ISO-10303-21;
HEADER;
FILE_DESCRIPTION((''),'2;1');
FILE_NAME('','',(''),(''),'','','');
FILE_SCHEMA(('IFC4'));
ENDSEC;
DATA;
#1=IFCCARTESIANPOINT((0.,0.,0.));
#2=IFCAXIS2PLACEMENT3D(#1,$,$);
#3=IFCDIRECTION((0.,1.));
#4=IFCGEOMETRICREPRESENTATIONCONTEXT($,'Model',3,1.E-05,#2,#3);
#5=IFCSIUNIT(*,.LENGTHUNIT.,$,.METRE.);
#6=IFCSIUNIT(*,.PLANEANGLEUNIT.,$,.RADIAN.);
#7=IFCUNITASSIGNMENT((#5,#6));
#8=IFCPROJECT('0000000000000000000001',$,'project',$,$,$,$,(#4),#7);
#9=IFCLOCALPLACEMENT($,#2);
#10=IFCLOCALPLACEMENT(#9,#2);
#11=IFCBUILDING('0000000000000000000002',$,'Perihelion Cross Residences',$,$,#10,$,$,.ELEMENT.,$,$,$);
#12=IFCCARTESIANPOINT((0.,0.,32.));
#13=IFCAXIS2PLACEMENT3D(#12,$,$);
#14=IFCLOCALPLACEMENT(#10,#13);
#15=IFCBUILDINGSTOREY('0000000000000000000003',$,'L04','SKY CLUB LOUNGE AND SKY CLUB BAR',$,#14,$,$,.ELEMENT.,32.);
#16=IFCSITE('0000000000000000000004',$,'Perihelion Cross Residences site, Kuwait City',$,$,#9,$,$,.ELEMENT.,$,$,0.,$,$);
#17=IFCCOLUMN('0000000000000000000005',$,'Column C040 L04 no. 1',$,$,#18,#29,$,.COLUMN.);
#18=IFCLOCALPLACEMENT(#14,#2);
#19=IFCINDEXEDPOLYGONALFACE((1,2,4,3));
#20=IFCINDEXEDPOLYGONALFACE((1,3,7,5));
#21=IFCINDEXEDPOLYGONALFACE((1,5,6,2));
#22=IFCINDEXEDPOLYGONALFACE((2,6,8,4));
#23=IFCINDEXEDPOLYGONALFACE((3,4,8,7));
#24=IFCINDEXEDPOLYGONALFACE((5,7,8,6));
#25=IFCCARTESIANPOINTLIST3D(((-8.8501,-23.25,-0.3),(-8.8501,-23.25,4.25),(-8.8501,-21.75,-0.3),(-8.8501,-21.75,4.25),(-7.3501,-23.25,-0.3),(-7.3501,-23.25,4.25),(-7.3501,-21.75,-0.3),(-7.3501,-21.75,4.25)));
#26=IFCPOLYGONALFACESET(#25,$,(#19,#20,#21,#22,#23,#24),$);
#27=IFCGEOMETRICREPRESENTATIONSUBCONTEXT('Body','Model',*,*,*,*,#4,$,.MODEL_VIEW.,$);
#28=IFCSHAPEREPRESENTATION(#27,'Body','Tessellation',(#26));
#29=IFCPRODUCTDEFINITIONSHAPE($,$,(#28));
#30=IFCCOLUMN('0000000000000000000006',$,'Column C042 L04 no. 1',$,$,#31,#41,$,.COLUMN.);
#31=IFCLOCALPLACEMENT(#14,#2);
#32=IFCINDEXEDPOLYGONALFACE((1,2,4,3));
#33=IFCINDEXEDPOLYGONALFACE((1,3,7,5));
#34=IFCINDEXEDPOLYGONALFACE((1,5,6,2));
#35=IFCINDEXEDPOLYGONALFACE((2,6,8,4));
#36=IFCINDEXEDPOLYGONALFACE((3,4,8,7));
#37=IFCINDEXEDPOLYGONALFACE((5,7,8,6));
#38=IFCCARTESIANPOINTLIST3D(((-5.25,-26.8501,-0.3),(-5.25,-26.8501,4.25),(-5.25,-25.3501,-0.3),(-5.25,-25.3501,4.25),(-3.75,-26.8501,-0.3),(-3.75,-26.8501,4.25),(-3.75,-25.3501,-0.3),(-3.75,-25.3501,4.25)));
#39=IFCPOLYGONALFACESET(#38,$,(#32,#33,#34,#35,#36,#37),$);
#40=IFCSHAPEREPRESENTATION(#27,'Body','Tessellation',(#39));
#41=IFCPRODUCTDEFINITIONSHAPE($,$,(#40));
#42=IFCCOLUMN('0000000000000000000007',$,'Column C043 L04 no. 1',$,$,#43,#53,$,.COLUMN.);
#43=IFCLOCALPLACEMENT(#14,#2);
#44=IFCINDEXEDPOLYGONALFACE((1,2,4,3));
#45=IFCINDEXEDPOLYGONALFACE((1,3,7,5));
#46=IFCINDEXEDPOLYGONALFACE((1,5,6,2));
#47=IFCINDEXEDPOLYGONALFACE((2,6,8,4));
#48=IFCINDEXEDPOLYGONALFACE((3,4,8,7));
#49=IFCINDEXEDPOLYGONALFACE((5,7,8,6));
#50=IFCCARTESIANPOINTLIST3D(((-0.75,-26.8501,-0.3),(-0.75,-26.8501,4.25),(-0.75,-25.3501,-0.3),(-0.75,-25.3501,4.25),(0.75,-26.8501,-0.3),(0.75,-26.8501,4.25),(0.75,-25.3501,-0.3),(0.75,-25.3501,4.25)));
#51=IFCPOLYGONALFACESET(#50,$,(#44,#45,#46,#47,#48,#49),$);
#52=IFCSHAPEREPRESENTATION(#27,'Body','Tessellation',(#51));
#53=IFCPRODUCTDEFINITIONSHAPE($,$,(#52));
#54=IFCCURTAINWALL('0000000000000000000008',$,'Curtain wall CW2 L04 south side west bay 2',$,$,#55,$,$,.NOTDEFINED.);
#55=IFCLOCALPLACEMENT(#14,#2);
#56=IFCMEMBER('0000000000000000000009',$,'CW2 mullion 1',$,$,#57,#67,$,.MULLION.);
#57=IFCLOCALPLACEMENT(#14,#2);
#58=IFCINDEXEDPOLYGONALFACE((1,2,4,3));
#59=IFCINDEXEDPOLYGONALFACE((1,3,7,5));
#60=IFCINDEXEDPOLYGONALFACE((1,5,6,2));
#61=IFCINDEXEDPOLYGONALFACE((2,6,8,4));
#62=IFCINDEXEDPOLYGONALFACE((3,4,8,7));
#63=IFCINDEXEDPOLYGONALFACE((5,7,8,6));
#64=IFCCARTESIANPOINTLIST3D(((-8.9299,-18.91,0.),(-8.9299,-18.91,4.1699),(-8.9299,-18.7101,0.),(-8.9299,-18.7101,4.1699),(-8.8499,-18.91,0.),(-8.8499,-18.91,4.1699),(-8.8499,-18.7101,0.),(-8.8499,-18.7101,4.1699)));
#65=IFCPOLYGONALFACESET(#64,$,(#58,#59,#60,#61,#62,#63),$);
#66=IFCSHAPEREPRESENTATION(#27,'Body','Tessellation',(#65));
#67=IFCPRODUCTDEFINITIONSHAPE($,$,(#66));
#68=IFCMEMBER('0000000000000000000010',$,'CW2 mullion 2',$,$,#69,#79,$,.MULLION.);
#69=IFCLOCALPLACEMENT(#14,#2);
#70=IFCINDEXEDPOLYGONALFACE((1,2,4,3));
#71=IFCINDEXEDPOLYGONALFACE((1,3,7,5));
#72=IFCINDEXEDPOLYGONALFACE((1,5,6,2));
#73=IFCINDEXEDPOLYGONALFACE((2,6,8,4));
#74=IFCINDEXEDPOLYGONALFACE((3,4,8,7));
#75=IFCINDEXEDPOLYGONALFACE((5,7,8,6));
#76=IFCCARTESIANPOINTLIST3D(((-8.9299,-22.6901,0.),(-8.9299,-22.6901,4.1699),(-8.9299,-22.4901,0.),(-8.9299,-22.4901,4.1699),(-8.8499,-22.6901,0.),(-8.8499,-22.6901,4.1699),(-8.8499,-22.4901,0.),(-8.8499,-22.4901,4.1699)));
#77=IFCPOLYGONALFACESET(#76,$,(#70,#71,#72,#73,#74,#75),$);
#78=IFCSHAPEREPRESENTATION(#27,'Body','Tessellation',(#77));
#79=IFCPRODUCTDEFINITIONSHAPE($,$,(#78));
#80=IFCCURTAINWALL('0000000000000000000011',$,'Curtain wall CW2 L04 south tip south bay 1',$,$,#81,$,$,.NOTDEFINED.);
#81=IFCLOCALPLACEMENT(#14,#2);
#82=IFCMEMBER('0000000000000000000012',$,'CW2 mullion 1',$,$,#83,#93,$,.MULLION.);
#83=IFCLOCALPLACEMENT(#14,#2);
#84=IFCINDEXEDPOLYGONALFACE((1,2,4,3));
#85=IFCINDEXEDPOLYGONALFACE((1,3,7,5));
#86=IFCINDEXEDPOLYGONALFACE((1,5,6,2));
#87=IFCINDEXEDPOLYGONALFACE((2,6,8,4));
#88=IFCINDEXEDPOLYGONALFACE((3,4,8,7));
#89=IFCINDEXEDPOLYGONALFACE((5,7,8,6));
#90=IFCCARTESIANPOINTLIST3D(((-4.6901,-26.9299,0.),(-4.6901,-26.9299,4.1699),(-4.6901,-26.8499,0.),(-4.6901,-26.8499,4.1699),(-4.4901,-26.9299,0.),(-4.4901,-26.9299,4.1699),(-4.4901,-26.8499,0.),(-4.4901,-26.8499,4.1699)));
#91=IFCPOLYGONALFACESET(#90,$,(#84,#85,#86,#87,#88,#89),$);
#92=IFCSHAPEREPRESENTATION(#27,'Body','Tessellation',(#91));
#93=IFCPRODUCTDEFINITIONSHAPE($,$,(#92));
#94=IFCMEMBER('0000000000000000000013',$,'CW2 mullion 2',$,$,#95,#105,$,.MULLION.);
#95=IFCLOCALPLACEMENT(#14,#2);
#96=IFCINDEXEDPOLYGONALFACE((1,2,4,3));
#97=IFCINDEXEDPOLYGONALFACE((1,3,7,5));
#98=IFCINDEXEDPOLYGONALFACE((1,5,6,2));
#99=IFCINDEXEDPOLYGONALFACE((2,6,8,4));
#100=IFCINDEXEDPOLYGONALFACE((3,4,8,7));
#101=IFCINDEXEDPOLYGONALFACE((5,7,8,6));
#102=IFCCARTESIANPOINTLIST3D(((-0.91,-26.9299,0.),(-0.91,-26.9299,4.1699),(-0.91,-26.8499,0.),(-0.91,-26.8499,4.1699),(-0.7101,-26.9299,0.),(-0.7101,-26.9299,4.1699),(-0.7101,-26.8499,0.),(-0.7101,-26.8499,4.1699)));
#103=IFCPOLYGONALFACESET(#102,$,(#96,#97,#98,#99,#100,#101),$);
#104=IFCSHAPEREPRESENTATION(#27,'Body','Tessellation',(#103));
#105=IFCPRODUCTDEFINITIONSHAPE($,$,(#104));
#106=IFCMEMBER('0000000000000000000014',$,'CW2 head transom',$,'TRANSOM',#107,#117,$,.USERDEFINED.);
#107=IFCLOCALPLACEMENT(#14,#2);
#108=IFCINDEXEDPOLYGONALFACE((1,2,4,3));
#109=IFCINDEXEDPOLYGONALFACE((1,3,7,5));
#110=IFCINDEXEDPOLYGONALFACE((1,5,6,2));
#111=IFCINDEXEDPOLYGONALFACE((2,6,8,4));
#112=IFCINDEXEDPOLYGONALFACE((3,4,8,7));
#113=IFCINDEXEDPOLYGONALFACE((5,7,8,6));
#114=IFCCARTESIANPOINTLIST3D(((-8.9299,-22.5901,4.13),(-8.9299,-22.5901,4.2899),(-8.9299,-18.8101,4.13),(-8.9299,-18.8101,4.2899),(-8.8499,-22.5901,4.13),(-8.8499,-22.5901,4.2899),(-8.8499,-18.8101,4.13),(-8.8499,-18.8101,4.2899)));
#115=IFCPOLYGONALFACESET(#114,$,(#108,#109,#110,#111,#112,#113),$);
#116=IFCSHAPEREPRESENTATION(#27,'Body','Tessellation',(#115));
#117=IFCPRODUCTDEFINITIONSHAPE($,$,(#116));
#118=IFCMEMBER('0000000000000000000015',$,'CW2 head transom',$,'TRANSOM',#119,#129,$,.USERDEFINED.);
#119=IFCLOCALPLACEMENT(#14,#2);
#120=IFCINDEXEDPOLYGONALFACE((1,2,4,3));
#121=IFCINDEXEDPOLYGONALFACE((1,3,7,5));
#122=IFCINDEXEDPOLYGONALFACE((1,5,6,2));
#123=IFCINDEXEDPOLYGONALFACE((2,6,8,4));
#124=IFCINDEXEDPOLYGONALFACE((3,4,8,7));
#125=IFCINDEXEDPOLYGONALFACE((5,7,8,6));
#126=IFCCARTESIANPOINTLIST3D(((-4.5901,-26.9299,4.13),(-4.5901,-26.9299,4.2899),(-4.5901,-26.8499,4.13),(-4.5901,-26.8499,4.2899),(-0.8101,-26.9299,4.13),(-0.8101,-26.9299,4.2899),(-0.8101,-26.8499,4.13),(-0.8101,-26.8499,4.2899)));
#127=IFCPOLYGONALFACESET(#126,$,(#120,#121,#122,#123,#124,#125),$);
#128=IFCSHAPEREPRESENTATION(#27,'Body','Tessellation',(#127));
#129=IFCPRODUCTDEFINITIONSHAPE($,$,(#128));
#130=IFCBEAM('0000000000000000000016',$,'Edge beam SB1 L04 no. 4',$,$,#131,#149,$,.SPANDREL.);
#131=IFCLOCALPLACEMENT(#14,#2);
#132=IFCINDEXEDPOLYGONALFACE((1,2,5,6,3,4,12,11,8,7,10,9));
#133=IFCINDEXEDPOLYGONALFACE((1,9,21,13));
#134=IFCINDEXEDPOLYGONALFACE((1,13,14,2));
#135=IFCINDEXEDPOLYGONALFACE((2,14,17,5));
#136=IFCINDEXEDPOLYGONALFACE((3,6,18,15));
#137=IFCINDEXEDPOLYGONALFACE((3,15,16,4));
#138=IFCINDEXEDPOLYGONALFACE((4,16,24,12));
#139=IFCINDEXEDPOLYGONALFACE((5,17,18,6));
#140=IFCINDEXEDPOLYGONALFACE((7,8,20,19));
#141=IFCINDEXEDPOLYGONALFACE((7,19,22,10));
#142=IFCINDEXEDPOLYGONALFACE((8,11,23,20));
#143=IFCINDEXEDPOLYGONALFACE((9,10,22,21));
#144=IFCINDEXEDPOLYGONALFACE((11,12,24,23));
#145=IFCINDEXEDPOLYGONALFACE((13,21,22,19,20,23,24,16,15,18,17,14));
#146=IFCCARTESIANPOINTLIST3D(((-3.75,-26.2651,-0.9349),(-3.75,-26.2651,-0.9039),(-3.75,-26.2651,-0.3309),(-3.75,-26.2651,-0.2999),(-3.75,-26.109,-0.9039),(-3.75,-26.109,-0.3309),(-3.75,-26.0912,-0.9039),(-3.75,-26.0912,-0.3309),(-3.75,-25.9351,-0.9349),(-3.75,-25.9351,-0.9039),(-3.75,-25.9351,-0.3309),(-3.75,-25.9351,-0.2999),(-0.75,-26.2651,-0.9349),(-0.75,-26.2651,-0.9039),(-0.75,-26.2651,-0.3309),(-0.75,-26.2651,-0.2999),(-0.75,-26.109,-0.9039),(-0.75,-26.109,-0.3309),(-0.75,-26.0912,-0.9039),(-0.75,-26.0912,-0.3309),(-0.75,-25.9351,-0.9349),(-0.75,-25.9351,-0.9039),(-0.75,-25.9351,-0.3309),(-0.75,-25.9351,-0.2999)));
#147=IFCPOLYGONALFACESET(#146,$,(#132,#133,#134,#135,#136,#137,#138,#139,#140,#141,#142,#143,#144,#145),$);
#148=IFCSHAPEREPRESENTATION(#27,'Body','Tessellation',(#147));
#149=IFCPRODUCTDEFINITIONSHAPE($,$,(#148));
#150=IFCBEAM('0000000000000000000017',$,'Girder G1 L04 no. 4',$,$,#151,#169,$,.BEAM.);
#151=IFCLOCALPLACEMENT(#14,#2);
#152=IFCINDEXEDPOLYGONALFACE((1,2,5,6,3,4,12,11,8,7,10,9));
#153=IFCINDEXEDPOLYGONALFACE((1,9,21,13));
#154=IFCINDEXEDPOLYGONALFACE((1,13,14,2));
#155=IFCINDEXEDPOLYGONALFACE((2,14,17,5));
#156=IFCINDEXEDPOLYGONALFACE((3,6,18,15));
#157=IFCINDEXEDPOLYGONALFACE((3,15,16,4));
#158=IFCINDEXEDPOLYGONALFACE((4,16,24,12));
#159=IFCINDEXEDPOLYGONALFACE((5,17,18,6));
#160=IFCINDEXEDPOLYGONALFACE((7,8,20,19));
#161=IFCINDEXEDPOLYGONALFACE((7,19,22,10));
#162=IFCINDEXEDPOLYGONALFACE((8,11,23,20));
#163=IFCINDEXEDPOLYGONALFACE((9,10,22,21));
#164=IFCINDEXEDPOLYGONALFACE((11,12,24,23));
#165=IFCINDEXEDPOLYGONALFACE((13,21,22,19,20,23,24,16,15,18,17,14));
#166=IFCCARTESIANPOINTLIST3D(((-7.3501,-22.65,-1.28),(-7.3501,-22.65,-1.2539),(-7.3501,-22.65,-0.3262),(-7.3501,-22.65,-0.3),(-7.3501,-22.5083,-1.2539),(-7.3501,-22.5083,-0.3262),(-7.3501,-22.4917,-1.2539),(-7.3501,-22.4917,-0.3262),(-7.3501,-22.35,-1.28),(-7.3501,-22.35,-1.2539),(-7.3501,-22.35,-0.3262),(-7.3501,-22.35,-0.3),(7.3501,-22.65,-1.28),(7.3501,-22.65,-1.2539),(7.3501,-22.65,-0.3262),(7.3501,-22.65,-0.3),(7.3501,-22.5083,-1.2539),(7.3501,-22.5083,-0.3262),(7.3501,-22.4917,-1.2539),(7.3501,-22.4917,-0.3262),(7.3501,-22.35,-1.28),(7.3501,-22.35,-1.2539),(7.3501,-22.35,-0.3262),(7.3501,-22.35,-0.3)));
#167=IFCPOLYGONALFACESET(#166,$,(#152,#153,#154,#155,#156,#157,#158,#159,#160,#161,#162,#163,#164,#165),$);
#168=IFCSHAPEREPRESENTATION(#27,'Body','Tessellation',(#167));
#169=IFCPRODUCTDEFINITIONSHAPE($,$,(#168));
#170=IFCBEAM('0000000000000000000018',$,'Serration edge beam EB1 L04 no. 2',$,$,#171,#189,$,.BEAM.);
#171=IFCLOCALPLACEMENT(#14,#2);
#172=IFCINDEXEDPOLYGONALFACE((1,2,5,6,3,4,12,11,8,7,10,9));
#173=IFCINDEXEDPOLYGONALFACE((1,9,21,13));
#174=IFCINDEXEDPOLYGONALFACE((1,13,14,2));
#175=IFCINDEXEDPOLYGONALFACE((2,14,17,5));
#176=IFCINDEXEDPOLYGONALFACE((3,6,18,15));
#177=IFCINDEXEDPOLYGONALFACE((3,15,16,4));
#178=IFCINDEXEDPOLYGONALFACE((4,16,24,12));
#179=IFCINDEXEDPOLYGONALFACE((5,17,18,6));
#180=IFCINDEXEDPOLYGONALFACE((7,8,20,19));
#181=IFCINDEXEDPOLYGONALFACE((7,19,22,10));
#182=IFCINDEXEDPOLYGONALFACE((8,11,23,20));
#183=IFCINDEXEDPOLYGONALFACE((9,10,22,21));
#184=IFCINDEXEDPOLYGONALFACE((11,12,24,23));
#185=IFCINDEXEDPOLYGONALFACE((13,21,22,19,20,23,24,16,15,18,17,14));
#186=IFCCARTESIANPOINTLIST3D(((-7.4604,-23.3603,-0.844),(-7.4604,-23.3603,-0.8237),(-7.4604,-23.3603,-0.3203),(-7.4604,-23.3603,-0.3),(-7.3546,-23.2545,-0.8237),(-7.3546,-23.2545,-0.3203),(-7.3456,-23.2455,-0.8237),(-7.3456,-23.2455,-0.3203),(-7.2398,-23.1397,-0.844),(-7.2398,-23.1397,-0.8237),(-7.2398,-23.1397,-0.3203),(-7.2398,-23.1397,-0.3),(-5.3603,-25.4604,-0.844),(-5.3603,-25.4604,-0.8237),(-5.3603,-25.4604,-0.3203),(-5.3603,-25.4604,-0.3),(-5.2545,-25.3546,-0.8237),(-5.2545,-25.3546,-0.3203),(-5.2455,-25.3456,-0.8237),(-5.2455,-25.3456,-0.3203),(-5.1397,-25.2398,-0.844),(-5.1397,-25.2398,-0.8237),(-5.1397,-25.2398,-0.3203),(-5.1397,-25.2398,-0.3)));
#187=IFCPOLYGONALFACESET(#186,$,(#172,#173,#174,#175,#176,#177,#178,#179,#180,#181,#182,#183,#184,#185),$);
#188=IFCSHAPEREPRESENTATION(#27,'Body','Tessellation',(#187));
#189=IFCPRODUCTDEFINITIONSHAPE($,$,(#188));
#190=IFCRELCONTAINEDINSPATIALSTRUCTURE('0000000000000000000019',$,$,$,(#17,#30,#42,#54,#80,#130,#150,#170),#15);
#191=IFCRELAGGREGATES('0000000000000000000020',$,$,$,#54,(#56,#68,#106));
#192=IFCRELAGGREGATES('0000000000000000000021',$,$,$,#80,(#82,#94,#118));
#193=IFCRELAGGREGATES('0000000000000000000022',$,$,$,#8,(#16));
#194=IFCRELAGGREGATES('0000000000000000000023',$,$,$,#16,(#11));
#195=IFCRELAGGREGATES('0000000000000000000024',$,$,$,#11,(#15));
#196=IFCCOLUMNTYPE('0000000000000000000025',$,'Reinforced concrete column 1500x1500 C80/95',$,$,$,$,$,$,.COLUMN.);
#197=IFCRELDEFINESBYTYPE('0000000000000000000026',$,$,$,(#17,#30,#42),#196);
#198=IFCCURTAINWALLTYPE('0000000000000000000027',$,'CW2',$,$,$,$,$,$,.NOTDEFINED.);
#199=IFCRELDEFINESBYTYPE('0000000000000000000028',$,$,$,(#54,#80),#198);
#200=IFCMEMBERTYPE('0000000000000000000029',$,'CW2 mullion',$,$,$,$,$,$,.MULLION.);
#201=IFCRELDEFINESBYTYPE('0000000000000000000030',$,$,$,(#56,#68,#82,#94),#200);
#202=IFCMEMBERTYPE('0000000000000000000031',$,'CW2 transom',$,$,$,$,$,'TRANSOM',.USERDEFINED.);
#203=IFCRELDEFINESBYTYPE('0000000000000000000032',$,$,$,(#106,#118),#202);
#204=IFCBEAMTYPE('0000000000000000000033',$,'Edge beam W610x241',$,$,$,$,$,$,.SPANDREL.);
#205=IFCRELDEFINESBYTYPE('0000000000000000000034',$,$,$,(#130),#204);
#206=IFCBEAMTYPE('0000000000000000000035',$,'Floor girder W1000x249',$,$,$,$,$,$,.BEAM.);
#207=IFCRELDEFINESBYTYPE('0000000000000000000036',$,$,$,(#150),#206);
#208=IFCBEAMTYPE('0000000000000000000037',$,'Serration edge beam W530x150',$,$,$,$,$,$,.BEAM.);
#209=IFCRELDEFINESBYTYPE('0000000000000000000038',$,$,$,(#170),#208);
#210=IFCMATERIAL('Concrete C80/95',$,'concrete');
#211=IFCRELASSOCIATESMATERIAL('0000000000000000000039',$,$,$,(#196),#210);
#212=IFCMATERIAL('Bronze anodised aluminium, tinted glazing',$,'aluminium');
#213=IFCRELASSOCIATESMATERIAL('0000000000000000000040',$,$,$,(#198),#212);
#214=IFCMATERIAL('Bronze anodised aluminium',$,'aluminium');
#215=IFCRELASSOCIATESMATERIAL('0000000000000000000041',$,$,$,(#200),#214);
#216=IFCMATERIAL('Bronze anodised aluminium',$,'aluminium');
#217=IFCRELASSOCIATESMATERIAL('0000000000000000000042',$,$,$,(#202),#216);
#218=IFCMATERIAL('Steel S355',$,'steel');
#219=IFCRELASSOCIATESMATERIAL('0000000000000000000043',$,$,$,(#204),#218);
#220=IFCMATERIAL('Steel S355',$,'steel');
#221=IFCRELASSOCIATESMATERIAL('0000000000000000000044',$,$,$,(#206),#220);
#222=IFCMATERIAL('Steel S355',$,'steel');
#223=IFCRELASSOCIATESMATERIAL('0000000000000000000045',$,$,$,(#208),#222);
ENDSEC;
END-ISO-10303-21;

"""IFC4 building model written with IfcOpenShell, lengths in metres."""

from ifc_helpers import new_model, si_unit, direction, frame, origin, origin_2d, place, context, subcontext, project, spatial, rectangle, i_section, extrude, material, material_profile, profile_set, type_object, element, aggregate, save


model = new_model("IFC4")

# Units and contexts
model_context = context("Model", 3, precision=1e-05, world=origin(), true_north=direction((0.0, 1.0)))
body_context = subcontext(model_context, "Body", "Model", "MODEL_VIEW")
ifc_project = project(units=[si_unit("LENGTHUNIT", "METRE"), si_unit("PLANEANGLEUNIT", "RADIAN")], contexts=[model_context])

# Site, building, storey
site_placement = place(None, origin())
site = spatial("IfcSite", under=ifc_project, at=site_placement, Name="Perihelion Cross Residences site, Kuwait City", CompositionType="ELEMENT", RefElevation=0.0)
building_placement = place(site_placement, origin())
building = spatial("IfcBuilding", under=site, at=building_placement, Name="Perihelion Cross Residences", CompositionType="ELEMENT")
storey_placement = place(building_placement, frame((0.0, 0.0, 32.0)))
storey = spatial("IfcBuildingStorey", under=building, at=storey_placement, Name="L04", Description="SKY CLUB LOUNGE AND SKY CLUB BAR", CompositionType="ELEMENT", Elevation=32.0)

# Columns
ifc_material_1 = material(Name="Concrete C80/95", Category="concrete")
ifc_material_profile_1 = material_profile(ifc_material_1, rectangle(XDim=1.5, YDim=1.5, at=origin_2d()), Name="RC 1500x1500")
ifc_profile_set_1 = profile_set([ifc_material_profile_1], Name="Concrete C80/95")
column_type = type_object("IfcColumnType", Name="Reinforced concrete column 1500x1500 C80/95", PredefinedType="COLUMN", material=ifc_profile_set_1)
for number, where, z_axis, x_axis, name in (
    (1, (-8.1001, -22.5, -0.3), (0.0, 0.0, 1.0), (1.0, 0.0, 0.0), "Column C040 L04 no. 1"),
    (2, (-4.5, -26.1001, -0.3), (0.0, 0.0, 1.0), (1.0, 0.0, 0.0), "Column C042 L04 no. 1"),
    (3, (0.0, -26.1001, -0.3), (0.0, 0.0, 1.0), (1.0, 0.0, 0.0), "Column C043 L04 no. 1"),
):
    element("IfcColumn", number, at=place(storey_placement, frame(where, z_axis=z_axis, x_axis=x_axis)), inside=storey, type_object=column_type, Name=name, PredefinedType="COLUMN", context=body_context, shape_type="SweptSolid", body=[
        extrude(rectangle(XDim=1.5, YDim=1.5, at=origin_2d()), origin(), (0.0, 0.0, 1.0), 4.55),
    ])

# Curtain walls, members
ifc_material_2 = material(Name="Bronze anodised aluminium, tinted glazing", Category="aluminium")
curtain_wall_type = type_object("IfcCurtainWallType", Name="CW2", PredefinedType="NOTDEFINED", material=ifc_material_2)
curtain_wall_1_placement = place(storey_placement, origin())
curtain_wall_1 = element("IfcCurtainWall", 4, at=curtain_wall_1_placement, inside=storey, type_object=curtain_wall_type, Name="Curtain wall CW2 L04 south side west bay 2", PredefinedType="NOTDEFINED")
ifc_material_3 = material(Name="Bronze anodised aluminium", Category="aluminium")
ifc_material_profile_2 = material_profile(ifc_material_3, rectangle(XDim=0.0801, YDim=0.2, at=origin_2d()), Name="CW2 mullion")
ifc_profile_set_2 = profile_set([ifc_material_profile_2], Name="Bronze anodised aluminium")
member_type_1 = type_object("IfcMemberType", Name="CW2 mullion", PredefinedType="MULLION", material=ifc_profile_set_2)
member_1_placement = place(storey_placement, frame((-8.8899, -18.8101, 0.0), z_axis=(0.0, 0.0, 1.0), x_axis=(1.0, 0.0, 0.0)))
member_1 = element("IfcMember", 5, at=member_1_placement, type_object=member_type_1, Name="CW2 mullion 1", PredefinedType="MULLION", context=body_context, shape_type="SweptSolid", body=[
    extrude(rectangle(XDim=0.0801, YDim=0.2, at=origin_2d()), origin(), (0.0, 0.0, 1.0), 4.1699),
])
member_2_placement = place(storey_placement, frame((-8.8899, -22.5901, 0.0), z_axis=(0.0, 0.0, 1.0), x_axis=(1.0, 0.0, 0.0)))
member_2 = element("IfcMember", 6, at=member_2_placement, type_object=member_type_1, Name="CW2 mullion 2", PredefinedType="MULLION", context=body_context, shape_type="SweptSolid", body=[
    extrude(rectangle(XDim=0.0801, YDim=0.2, at=origin_2d()), origin(), (0.0, 0.0, 1.0), 4.1699),
])
curtain_wall_2_placement = place(storey_placement, origin())
curtain_wall_2 = element("IfcCurtainWall", 7, at=curtain_wall_2_placement, inside=storey, type_object=curtain_wall_type, Name="Curtain wall CW2 L04 south tip south bay 1", PredefinedType="NOTDEFINED")
member_3_placement = place(storey_placement, frame((-4.5901, -26.8899, 0.0), z_axis=(0.0, 0.0, 1.0), x_axis=(0.0, 1.0, 0.0)))
member_3 = element("IfcMember", 8, at=member_3_placement, type_object=member_type_1, Name="CW2 mullion 1", PredefinedType="MULLION", context=body_context, shape_type="SweptSolid", body=[
    extrude(rectangle(XDim=0.0801, YDim=0.2, at=origin_2d()), origin(), (0.0, 0.0, 1.0), 4.1699),
])
member_4_placement = place(storey_placement, frame((-0.8101, -26.8899, 0.0), z_axis=(0.0, 0.0, 1.0), x_axis=(0.0, 1.0, 0.0)))
member_4 = element("IfcMember", 9, at=member_4_placement, type_object=member_type_1, Name="CW2 mullion 2", PredefinedType="MULLION", context=body_context, shape_type="SweptSolid", body=[
    extrude(rectangle(XDim=0.0801, YDim=0.2, at=origin_2d()), origin(), (0.0, 0.0, 1.0), 4.1699),
])

# Members
ifc_material_4 = material(Name="Bronze anodised aluminium", Category="aluminium")
ifc_material_profile_3 = material_profile(ifc_material_4, rectangle(XDim=0.0801, YDim=0.1599, at=origin_2d()), Name="CW2 transom")
ifc_profile_set_3 = profile_set([ifc_material_profile_3], Name="Bronze anodised aluminium")
member_type_2 = type_object("IfcMemberType", Name="CW2 transom", ElementType="TRANSOM", PredefinedType="USERDEFINED", material=ifc_profile_set_3)
member_5_placement = place(storey_placement, frame((-8.8899, -18.8101, 4.21), z_axis=(0.0, -1.0, 0.0), x_axis=(1.0, 0.0, 0.0)))
member_5 = element("IfcMember", 10, at=member_5_placement, type_object=member_type_2, Name="CW2 head transom", ObjectType="TRANSOM", PredefinedType="USERDEFINED", context=body_context, shape_type="SweptSolid", body=[
    extrude(rectangle(XDim=0.0801, YDim=0.1599, at=origin_2d()), origin(), (0.0, 0.0, 1.0), 3.78),
])
member_6_placement = place(storey_placement, frame((-4.5901, -26.8899, 4.21), z_axis=(1.0, 0.0, 0.0), x_axis=(0.0, 1.0, 0.0)))
member_6 = element("IfcMember", 11, at=member_6_placement, type_object=member_type_2, Name="CW2 head transom", ObjectType="TRANSOM", PredefinedType="USERDEFINED", context=body_context, shape_type="SweptSolid", body=[
    extrude(rectangle(XDim=0.0801, YDim=0.1599, at=origin_2d()), origin(), (0.0, 0.0, 1.0), 3.78),
])

# Beams
ifc_material_5 = material(Name="Steel S355", Category="steel")
ifc_material_profile_4 = material_profile(ifc_material_5, i_section(OverallWidth=0.3301, OverallDepth=0.635, WebThickness=0.0178, FlangeThickness=0.031, at=origin_2d()), Name="W610x241")
ifc_profile_set_4 = profile_set([ifc_material_profile_4], Name="Steel S355")
beam_type_1 = type_object("IfcBeamType", Name="Edge beam W610x241", PredefinedType="SPANDREL", material=ifc_profile_set_4)
beam_1_placement = place(storey_placement, frame((-3.75, -26.1001, -0.6174), z_axis=(1.0, 0.0, 0.0), x_axis=(0.0, 1.0, 0.0)))
element("IfcBeam", 12, at=beam_1_placement, inside=storey, type_object=beam_type_1, Name="Edge beam SB1 L04 no. 4", PredefinedType="SPANDREL", context=body_context, shape_type="SweptSolid", body=[
    extrude(i_section(OverallWidth=0.3301, OverallDepth=0.635, WebThickness=0.0178, FlangeThickness=0.031, at=origin_2d()), origin(), (0.0, 0.0, 1.0), 3.0),
])
ifc_material_6 = material(Name="Steel S355", Category="steel")
ifc_material_profile_5 = material_profile(ifc_material_6, i_section(OverallWidth=0.3, OverallDepth=0.98, WebThickness=0.0166, FlangeThickness=0.0261, at=origin_2d()), Name="W1000x249")
ifc_profile_set_5 = profile_set([ifc_material_profile_5], Name="Steel S355")
beam_type_2 = type_object("IfcBeamType", Name="Floor girder W1000x249", PredefinedType="BEAM", material=ifc_profile_set_5)
beam_2_placement = place(storey_placement, frame((-7.3501, -22.5, -0.79), z_axis=(1.0, 0.0, 0.0), x_axis=(0.0, 1.0, 0.0)))
element("IfcBeam", 13, at=beam_2_placement, inside=storey, type_object=beam_type_2, Name="Girder G1 L04 no. 4", PredefinedType="BEAM", context=body_context, shape_type="SweptSolid", body=[
    extrude(i_section(OverallWidth=0.3, OverallDepth=0.98, WebThickness=0.0166, FlangeThickness=0.0261, at=origin_2d()), origin(), (0.0, 0.0, 1.0), 14.7002),
])
ifc_material_7 = material(Name="Steel S355", Category="steel")
ifc_material_profile_6 = material_profile(ifc_material_7, i_section(OverallWidth=0.312, OverallDepth=0.5439, WebThickness=0.0127, FlangeThickness=0.0203, at=origin_2d()), Name="W530x150")
ifc_profile_set_6 = profile_set([ifc_material_profile_6], Name="Steel S355")
beam_type_3 = type_object("IfcBeamType", Name="Serration edge beam W530x150", PredefinedType="BEAM", material=ifc_profile_set_6)
beam_3_placement = place(storey_placement, frame((-7.3501, -23.25, -0.572), z_axis=(0.707107, -0.707107, 0.0), x_axis=(0.707107, 0.707107, 0.0)))
element("IfcBeam", 14, at=beam_3_placement, inside=storey, type_object=beam_type_3, Name="Serration edge beam EB1 L04 no. 2", PredefinedType="BEAM", context=body_context, shape_type="SweptSolid", body=[
    extrude(i_section(OverallWidth=0.312, OverallDepth=0.5439, WebThickness=0.0127, FlangeThickness=0.0203, at=origin_2d()), origin(), (0.0, 0.0, 1.0), 2.97),
])

aggregate(curtain_wall_1, [member_1, member_2, member_5])
aggregate(curtain_wall_2, [member_3, member_4, member_6])

save(model, "model.ifc")
